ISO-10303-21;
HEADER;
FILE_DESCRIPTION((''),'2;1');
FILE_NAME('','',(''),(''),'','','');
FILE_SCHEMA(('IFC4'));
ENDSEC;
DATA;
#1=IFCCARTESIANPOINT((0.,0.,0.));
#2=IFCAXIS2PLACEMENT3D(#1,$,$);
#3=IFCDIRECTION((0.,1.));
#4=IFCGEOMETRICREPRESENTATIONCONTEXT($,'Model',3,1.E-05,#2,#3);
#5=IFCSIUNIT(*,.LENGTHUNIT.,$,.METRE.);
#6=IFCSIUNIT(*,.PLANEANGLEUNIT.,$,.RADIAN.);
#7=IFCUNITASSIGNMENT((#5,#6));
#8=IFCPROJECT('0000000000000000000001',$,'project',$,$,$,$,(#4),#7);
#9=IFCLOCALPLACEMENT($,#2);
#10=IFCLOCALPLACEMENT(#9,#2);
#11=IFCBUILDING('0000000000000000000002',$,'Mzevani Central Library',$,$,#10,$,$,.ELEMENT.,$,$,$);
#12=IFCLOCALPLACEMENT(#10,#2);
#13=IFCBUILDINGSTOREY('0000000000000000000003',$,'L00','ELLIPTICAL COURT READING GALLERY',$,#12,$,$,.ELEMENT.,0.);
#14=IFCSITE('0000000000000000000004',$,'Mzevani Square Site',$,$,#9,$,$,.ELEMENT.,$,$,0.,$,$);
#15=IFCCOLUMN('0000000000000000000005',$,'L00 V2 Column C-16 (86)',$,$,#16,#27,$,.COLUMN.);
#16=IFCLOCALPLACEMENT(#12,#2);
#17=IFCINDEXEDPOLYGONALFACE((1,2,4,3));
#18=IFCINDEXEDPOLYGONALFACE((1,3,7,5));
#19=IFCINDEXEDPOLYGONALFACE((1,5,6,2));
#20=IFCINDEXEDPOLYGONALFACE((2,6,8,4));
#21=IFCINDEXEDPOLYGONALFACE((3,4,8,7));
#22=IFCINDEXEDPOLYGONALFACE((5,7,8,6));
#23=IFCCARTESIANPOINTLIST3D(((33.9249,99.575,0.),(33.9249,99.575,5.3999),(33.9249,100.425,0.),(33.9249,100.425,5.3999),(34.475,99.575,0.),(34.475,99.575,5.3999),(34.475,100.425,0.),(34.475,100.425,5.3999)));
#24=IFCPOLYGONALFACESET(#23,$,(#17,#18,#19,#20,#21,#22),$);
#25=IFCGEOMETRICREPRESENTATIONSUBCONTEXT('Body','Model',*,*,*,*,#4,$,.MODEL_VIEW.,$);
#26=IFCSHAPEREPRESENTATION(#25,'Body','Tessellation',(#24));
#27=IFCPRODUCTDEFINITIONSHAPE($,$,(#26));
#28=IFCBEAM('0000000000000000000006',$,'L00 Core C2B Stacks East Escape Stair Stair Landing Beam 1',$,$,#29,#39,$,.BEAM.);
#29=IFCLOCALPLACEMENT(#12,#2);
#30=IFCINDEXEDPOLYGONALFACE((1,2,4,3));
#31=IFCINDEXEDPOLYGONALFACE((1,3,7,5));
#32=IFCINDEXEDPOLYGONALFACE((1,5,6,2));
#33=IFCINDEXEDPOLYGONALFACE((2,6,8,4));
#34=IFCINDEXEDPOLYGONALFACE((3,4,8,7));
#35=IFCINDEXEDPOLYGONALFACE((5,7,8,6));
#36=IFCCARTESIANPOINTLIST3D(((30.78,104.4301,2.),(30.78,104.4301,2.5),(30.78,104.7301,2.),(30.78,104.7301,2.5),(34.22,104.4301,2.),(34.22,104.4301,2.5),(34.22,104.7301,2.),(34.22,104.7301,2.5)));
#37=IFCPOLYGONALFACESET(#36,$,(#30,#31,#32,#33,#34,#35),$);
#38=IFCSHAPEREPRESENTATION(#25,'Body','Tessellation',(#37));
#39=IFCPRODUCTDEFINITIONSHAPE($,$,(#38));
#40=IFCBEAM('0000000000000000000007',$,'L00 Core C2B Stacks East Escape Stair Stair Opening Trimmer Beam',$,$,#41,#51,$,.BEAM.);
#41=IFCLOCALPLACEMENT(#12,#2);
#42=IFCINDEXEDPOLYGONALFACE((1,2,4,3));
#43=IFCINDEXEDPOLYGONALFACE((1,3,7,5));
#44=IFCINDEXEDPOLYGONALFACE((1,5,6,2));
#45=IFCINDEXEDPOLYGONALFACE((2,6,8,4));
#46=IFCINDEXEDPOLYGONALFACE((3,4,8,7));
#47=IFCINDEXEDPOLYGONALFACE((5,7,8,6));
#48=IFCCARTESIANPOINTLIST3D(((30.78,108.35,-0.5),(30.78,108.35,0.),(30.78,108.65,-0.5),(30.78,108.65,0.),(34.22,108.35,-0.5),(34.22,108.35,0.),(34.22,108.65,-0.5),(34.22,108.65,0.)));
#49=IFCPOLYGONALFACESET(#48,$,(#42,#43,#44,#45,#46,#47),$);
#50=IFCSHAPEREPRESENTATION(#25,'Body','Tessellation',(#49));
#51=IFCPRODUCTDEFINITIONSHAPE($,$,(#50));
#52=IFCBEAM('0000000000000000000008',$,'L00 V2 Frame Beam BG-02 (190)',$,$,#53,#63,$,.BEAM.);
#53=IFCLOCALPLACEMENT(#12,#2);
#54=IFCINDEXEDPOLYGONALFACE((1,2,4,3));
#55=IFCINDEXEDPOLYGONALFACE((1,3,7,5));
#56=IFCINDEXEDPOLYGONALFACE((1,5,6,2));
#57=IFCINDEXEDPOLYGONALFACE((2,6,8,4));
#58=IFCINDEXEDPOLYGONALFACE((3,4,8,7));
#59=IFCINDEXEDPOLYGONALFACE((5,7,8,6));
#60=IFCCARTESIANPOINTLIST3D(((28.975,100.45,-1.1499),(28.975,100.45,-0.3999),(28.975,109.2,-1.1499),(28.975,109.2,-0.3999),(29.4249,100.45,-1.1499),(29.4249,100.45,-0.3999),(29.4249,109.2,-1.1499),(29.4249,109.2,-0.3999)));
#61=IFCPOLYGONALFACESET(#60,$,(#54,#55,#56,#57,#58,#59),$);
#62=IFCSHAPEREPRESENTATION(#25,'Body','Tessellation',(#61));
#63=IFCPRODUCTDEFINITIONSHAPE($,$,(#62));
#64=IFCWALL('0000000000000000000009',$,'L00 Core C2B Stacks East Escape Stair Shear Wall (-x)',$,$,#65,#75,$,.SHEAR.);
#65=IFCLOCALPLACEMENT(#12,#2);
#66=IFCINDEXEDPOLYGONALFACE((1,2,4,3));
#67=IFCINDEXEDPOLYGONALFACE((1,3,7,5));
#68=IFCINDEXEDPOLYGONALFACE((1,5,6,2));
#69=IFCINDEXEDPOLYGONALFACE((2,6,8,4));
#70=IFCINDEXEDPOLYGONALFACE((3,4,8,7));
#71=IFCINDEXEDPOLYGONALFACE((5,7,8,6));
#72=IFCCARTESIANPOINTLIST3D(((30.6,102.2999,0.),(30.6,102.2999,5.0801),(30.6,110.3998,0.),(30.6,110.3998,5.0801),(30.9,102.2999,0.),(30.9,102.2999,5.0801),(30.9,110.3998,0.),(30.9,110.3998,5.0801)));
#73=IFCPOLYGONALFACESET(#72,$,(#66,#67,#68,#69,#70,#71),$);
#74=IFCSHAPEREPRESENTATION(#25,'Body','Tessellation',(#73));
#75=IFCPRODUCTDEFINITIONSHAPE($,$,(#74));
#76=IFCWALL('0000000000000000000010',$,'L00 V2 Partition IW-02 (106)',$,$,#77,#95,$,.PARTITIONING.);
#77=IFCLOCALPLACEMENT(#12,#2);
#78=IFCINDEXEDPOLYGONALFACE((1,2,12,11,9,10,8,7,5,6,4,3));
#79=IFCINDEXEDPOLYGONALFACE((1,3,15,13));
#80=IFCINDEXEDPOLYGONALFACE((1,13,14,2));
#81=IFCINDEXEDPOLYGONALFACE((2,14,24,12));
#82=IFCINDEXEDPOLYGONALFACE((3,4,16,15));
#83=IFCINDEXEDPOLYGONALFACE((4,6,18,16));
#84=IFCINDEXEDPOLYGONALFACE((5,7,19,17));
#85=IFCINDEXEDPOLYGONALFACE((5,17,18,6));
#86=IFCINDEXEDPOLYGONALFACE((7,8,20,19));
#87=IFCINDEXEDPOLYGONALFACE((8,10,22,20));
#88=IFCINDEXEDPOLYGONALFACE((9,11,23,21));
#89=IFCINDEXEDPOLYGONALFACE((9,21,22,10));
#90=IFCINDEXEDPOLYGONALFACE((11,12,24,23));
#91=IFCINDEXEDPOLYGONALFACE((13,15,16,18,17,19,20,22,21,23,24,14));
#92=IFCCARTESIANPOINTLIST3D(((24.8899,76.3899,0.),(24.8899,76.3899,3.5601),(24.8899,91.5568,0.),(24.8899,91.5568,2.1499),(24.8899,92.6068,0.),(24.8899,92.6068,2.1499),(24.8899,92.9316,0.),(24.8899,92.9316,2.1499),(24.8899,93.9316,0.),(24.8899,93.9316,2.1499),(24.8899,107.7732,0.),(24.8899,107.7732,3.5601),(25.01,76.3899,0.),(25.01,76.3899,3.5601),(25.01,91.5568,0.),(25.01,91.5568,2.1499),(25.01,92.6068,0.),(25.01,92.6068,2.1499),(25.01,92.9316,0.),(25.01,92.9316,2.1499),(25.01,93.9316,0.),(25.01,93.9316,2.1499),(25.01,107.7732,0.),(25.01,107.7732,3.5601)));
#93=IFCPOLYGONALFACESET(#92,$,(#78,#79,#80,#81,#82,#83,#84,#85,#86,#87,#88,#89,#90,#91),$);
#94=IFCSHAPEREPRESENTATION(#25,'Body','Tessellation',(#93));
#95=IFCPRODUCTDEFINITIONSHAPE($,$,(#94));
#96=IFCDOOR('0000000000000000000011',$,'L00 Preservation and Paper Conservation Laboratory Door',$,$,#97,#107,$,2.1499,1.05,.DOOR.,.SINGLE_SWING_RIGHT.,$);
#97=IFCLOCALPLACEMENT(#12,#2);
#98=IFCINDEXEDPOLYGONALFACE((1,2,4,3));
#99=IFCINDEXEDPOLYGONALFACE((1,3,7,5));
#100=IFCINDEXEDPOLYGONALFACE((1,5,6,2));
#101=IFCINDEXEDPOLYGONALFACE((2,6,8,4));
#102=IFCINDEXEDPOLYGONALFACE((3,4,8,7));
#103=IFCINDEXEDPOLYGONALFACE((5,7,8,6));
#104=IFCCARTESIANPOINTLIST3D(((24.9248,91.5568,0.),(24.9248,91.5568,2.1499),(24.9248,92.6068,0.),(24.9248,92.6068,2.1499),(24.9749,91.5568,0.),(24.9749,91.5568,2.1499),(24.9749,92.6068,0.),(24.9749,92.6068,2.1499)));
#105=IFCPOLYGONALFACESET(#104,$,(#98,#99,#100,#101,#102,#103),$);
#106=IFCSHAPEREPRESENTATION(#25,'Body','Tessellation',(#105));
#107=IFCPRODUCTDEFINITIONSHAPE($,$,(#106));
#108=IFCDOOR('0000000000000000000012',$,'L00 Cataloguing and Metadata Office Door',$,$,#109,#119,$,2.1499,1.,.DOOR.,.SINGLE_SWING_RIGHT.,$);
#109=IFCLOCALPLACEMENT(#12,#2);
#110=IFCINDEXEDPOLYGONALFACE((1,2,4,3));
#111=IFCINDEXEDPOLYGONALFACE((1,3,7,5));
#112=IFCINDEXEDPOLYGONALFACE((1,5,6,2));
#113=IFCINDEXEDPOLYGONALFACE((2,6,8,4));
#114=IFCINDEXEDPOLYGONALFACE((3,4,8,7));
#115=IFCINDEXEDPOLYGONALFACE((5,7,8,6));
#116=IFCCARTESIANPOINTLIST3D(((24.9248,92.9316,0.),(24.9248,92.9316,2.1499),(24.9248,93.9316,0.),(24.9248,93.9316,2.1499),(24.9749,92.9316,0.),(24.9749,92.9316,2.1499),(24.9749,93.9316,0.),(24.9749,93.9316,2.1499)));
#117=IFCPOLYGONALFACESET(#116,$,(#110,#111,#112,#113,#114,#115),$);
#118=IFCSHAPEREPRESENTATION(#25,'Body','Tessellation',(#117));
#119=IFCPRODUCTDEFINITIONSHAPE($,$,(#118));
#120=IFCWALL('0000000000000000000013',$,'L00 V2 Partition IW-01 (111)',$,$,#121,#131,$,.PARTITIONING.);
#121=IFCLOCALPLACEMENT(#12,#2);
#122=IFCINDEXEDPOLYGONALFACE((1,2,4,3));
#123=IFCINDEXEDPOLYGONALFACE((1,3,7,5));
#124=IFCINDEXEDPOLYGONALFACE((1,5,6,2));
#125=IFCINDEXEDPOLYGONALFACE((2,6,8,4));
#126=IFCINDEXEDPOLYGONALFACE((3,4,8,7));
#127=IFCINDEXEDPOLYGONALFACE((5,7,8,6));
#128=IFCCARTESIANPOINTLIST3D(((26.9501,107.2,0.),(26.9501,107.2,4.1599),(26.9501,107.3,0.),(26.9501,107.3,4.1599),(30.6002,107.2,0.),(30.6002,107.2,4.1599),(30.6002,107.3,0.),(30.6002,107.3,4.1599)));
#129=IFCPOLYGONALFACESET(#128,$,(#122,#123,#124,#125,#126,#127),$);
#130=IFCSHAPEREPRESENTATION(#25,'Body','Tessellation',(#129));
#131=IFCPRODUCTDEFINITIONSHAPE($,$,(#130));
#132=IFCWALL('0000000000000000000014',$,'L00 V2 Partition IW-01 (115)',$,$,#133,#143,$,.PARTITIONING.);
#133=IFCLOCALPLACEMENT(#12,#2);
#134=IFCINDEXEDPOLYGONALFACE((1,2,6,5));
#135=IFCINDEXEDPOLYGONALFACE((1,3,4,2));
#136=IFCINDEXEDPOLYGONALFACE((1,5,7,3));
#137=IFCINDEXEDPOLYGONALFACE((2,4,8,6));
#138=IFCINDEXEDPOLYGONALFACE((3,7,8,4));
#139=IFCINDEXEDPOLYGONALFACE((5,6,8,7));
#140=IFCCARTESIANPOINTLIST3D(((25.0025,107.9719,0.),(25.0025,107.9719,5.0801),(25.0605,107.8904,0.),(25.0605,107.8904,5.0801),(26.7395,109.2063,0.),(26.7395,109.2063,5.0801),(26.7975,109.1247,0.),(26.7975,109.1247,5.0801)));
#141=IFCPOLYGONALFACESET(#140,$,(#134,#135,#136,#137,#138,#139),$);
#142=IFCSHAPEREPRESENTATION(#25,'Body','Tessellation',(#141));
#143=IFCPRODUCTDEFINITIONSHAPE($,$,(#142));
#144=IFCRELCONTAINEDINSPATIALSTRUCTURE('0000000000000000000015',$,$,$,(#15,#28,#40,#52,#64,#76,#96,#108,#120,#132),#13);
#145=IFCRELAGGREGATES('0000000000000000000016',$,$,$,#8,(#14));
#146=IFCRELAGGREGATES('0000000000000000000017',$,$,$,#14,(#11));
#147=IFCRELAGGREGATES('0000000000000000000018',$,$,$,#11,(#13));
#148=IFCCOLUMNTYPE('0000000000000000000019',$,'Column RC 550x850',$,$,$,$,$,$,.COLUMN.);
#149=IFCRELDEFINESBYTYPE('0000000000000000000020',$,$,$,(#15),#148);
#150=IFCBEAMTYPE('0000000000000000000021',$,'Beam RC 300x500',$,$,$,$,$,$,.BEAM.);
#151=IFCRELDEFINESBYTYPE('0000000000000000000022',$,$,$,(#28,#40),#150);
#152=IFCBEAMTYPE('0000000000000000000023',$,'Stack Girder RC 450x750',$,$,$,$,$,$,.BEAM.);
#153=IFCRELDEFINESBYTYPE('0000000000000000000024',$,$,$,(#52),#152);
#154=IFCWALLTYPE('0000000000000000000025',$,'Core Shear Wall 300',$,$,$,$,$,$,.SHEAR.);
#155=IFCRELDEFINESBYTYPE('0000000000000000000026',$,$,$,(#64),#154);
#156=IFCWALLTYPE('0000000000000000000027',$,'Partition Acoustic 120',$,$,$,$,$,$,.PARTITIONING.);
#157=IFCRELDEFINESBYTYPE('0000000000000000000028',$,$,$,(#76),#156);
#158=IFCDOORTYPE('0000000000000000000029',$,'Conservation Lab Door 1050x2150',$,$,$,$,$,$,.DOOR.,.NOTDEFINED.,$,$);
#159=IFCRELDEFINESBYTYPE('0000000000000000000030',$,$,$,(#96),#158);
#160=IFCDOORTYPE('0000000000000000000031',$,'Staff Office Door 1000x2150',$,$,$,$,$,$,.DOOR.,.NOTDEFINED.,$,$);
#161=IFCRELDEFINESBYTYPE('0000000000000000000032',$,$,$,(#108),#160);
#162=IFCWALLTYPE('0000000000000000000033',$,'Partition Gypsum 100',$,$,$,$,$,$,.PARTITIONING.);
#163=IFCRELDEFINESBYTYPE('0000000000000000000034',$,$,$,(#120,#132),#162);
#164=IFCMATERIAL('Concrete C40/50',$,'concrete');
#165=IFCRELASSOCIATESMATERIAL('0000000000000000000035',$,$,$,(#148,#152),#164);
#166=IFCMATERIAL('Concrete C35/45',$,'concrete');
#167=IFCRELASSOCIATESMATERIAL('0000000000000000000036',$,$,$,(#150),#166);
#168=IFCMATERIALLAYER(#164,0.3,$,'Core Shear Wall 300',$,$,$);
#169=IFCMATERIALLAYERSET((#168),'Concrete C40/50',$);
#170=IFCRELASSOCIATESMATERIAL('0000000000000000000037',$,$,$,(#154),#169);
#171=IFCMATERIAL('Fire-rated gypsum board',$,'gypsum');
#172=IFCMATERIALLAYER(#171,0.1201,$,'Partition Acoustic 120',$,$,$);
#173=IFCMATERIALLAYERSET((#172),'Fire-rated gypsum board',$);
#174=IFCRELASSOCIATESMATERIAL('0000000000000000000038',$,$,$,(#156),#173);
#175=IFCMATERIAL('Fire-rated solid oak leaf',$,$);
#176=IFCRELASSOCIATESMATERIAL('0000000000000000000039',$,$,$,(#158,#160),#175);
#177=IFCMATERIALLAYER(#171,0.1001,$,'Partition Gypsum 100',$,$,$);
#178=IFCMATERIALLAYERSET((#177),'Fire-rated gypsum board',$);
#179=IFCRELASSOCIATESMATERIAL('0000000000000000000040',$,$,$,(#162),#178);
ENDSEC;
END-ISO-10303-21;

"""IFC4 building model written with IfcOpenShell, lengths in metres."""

from ifc_helpers import new_model, si_unit, direction, frame, frame_2d, origin, origin_2d, place, context, subcontext, project, spatial, rectangle, extrude, material, layer, layer_set, material_profile, profile_set, type_object, element, fill, save


model = new_model("IFC4")

# Units and contexts
model_context = context("Model", 3, precision=1e-05, world=origin(), true_north=direction((0.0, 1.0)))
body_context = subcontext(model_context, "Body", "Model", "MODEL_VIEW")
ifc_project = project(units=[si_unit("LENGTHUNIT", "METRE"), si_unit("PLANEANGLEUNIT", "RADIAN")], contexts=[model_context])

# Site, building, storey
site_placement = place(None, origin())
site = spatial("IfcSite", under=ifc_project, at=site_placement, Name="Mzevani Square Site", CompositionType="ELEMENT", RefElevation=0.0)
building_placement = place(site_placement, origin())
building = spatial("IfcBuilding", under=site, at=building_placement, Name="Mzevani Central Library", CompositionType="ELEMENT")
storey_placement = place(building_placement, origin())
storey = spatial("IfcBuildingStorey", under=building, at=storey_placement, Name="L00", Description="ELLIPTICAL COURT READING GALLERY", CompositionType="ELEMENT", Elevation=0.0)

# Column
ifc_material_1 = material(Name="Concrete C40/50", Category="concrete")
ifc_material_profile_1 = material_profile(ifc_material_1, rectangle(XDim=0.55, YDim=0.8501, at=origin_2d()), Name="RC 550x850")
ifc_profile_set_1 = profile_set([ifc_material_profile_1], Name="Concrete C40/50")
column_type = type_object("IfcColumnType", Name="Column RC 550x850", PredefinedType="COLUMN", material=ifc_profile_set_1)
column_placement = place(storey_placement, frame((34.2, 100.0, 0.0), z_axis=(0.0, 0.0, 1.0), x_axis=(1.0, 0.0, 0.0)))
element("IfcColumn", 1, at=column_placement, inside=storey, type_object=column_type, Name="L00 V2 Column C-16 (86)", PredefinedType="COLUMN", context=body_context, shape_type="SweptSolid", body=[
    extrude(rectangle(XDim=0.55, YDim=0.8501, at=origin_2d()), origin(), (0.0, 0.0, 1.0), 5.3999),
])

# Beams
ifc_material_2 = material(Name="Concrete C35/45", Category="concrete")
ifc_material_profile_2 = material_profile(ifc_material_2, rectangle(XDim=0.3, YDim=0.5, at=origin_2d()), Name="RC B300x500")
ifc_profile_set_2 = profile_set([ifc_material_profile_2], Name="Concrete C35/45")
beam_type_1 = type_object("IfcBeamType", Name="Beam RC 300x500", PredefinedType="BEAM", material=ifc_profile_set_2)
for number, where, z_axis, x_axis, name in (
    (2, (30.78, 104.5801, 2.25), (1.0, 0.0, 0.0), (0.0, 1.0, 0.0), "L00 Core C2B Stacks East Escape Stair Stair Landing Beam 1"),
    (3, (30.78, 108.5, -0.25), (1.0, 0.0, 0.0), (0.0, 1.0, 0.0), "L00 Core C2B Stacks East Escape Stair Stair Opening Trimmer Beam"),
):
    element("IfcBeam", number, at=place(storey_placement, frame(where, z_axis=z_axis, x_axis=x_axis)), inside=storey, type_object=beam_type_1, Name=name, PredefinedType="BEAM", context=body_context, shape_type="SweptSolid", body=[
        extrude(rectangle(XDim=0.3, YDim=0.5, at=origin_2d()), origin(), (0.0, 0.0, 1.0), 3.4399),
    ])
ifc_material_profile_3 = material_profile(ifc_material_1, rectangle(XDim=0.45, YDim=0.75, at=origin_2d()), Name="RC B450x750")
ifc_profile_set_3 = profile_set([ifc_material_profile_3], Name="Concrete C40/50")
beam_type_2 = type_object("IfcBeamType", Name="Stack Girder RC 450x750", PredefinedType="BEAM", material=ifc_profile_set_3)
beam_placement = place(storey_placement, frame((29.2, 100.45, -0.7749), z_axis=(0.0, 1.0, 0.0), x_axis=(-1.0, 0.0, 0.0)))
element("IfcBeam", 4, at=beam_placement, inside=storey, type_object=beam_type_2, Name="L00 V2 Frame Beam BG-02 (190)", PredefinedType="BEAM", context=body_context, shape_type="SweptSolid", body=[
    extrude(rectangle(XDim=0.45, YDim=0.75, at=origin_2d()), origin(), (0.0, 0.0, 1.0), 8.75),
])

# Wall
ifc_layer_1 = layer(ifc_material_1, 0.3, Name="Core Shear Wall 300")
ifc_layer_set_1 = layer_set([ifc_layer_1], Name="Concrete C40/50")
wall_type_1 = type_object("IfcWallType", Name="Core Shear Wall 300", PredefinedType="SHEAR", material=ifc_layer_set_1)
wall_1_placement = place(storey_placement, frame((30.75, 102.3, 0.0), z_axis=(0.0, 0.0, 1.0), x_axis=(0.0, 1.0, 0.0)))
element("IfcWall", 5, at=wall_1_placement, inside=storey, type_object=wall_type_1, Name="L00 Core C2B Stacks East Escape Stair Shear Wall (-x)", PredefinedType="SHEAR", context=body_context, shape_type="SweptSolid", body=[
    extrude(rectangle(XDim=8.0999, YDim=0.3, at=frame_2d((4.0498, 0.0))), origin(), (0.0, 0.0, 1.0), 5.0801),
])

# Wall, openings, doors
ifc_material_3 = material(Name="Fire-rated gypsum board", Category="gypsum")
ifc_layer_2 = layer(ifc_material_3, 0.1201, Name="Partition Acoustic 120")
ifc_layer_set_2 = layer_set([ifc_layer_2], Name="Fire-rated gypsum board")
wall_type_2 = type_object("IfcWallType", Name="Partition Acoustic 120", PredefinedType="PARTITIONING", material=ifc_layer_set_2)
wall_2_placement = place(storey_placement, frame((24.95, 107.7732, 0.0), z_axis=(0.0, 0.0, 1.0), x_axis=(0.0, -1.0, 0.0)))
wall_2 = element("IfcWall", 6, at=wall_2_placement, inside=storey, type_object=wall_type_2, Name="L00 V2 Partition IW-02 (106)", PredefinedType="PARTITIONING", context=body_context, shape_type="SweptSolid", body=[
    extrude(rectangle(XDim=31.3833, YDim=0.1201, at=frame_2d((15.6917, 0.0))), origin(), (0.0, 0.0, 1.0), 3.5601),
])
opening_1_placement = place(wall_2_placement, frame((15.1665, 0.0, 0.0)))
opening_1 = element("IfcOpeningElement", 7, at=opening_1_placement, cuts=wall_2, PredefinedType="OPENING", context=body_context, shape_type="SweptSolid", body=[
    extrude(rectangle(XDim=1.05, YDim=2.1499, at=frame_2d((0.5249, 1.075))), frame((0.0, 0.0701, 0.0), z_axis=(0.0, -1.0, 0.0), x_axis=(1.0, 0.0, 0.0)), (0.0, 0.0, 1.0), 0.1401),
])
opening_2_placement = place(wall_2_placement, frame((13.8416, 0.0, 0.0)))
opening_2 = element("IfcOpeningElement", 8, at=opening_2_placement, cuts=wall_2, PredefinedType="OPENING", context=body_context, shape_type="SweptSolid", body=[
    extrude(rectangle(XDim=1.0, YDim=2.1499, at=frame_2d((0.5, 1.075))), frame((0.0, 0.0701, 0.0), z_axis=(0.0, -1.0, 0.0), x_axis=(1.0, 0.0, 0.0)), (0.0, 0.0, 1.0), 0.1401),
])
ifc_material_4 = material(Name="Fire-rated solid oak leaf")
door_type_1 = type_object("IfcDoorType", Name="Conservation Lab Door 1050x2150", OperationType="NOTDEFINED", PredefinedType="DOOR", material=ifc_material_4)
door_1_placement = place(opening_1_placement, origin())
door_1 = element("IfcDoor", 9, at=door_1_placement, inside=storey, type_object=door_type_1, Name="L00 Preservation and Paper Conservation Laboratory Door", OperationType="SINGLE_SWING_RIGHT", OverallHeight=2.1499, OverallWidth=1.05, PredefinedType="DOOR", context=body_context, shape_type="SweptSolid", body=[
    extrude(rectangle(XDim=1.05, YDim=2.1499, at=frame_2d((0.5249, 1.075))), frame((0.0, 0.0249, 0.0), z_axis=(0.0, -1.0, 0.0), x_axis=(1.0, 0.0, 0.0)), (0.0, 0.0, 1.0), 0.05),
])
fill(opening_1, door_1)
door_type_2 = type_object("IfcDoorType", Name="Staff Office Door 1000x2150", OperationType="NOTDEFINED", PredefinedType="DOOR", material=ifc_material_4)
door_2_placement = place(opening_2_placement, origin())
door_2 = element("IfcDoor", 10, at=door_2_placement, inside=storey, type_object=door_type_2, Name="L00 Cataloguing and Metadata Office Door", OperationType="SINGLE_SWING_RIGHT", OverallHeight=2.1499, OverallWidth=1.0, PredefinedType="DOOR", context=body_context, shape_type="SweptSolid", body=[
    extrude(rectangle(XDim=1.0, YDim=2.1499, at=frame_2d((0.5, 1.075))), frame((0.0, 0.0249, 0.0), z_axis=(0.0, -1.0, 0.0), x_axis=(1.0, 0.0, 0.0)), (0.0, 0.0, 1.0), 0.05),
])
fill(opening_2, door_2)

# Walls
ifc_layer_3 = layer(ifc_material_3, 0.1001, Name="Partition Gypsum 100")
ifc_layer_set_3 = layer_set([ifc_layer_3], Name="Fire-rated gypsum board")
wall_type_3 = type_object("IfcWallType", Name="Partition Gypsum 100", PredefinedType="PARTITIONING", material=ifc_layer_set_3)
wall_3_placement = place(storey_placement, frame((26.95, 107.25, 0.0), z_axis=(0.0, 0.0, 1.0), x_axis=(1.0, 0.0, 0.0)))
element("IfcWall", 11, at=wall_3_placement, inside=storey, type_object=wall_type_3, Name="L00 V2 Partition IW-01 (111)", PredefinedType="PARTITIONING", context=body_context, shape_type="SweptSolid", body=[
    extrude(rectangle(XDim=3.6501, YDim=0.1001, at=frame_2d((1.8252, 0.0))), origin(), (0.0, 0.0, 1.0), 4.1599),
])
wall_4_placement = place(storey_placement, frame((25.0315, 107.9312, 0.0), z_axis=(0.0, 0.0, 1.0), x_axis=(0.815148, 0.579253, 0.0)))
element("IfcWall", 12, at=wall_4_placement, inside=storey, type_object=wall_type_3, Name="L00 V2 Partition IW-01 (115)", PredefinedType="PARTITIONING", context=body_context, shape_type="SweptSolid", body=[
    extrude(rectangle(XDim=2.1309, YDim=0.1001, at=frame_2d((1.0654, 0.0))), origin(), (0.0, 0.0, 1.0), 5.0801),
])

save(model, "model.ifc")
